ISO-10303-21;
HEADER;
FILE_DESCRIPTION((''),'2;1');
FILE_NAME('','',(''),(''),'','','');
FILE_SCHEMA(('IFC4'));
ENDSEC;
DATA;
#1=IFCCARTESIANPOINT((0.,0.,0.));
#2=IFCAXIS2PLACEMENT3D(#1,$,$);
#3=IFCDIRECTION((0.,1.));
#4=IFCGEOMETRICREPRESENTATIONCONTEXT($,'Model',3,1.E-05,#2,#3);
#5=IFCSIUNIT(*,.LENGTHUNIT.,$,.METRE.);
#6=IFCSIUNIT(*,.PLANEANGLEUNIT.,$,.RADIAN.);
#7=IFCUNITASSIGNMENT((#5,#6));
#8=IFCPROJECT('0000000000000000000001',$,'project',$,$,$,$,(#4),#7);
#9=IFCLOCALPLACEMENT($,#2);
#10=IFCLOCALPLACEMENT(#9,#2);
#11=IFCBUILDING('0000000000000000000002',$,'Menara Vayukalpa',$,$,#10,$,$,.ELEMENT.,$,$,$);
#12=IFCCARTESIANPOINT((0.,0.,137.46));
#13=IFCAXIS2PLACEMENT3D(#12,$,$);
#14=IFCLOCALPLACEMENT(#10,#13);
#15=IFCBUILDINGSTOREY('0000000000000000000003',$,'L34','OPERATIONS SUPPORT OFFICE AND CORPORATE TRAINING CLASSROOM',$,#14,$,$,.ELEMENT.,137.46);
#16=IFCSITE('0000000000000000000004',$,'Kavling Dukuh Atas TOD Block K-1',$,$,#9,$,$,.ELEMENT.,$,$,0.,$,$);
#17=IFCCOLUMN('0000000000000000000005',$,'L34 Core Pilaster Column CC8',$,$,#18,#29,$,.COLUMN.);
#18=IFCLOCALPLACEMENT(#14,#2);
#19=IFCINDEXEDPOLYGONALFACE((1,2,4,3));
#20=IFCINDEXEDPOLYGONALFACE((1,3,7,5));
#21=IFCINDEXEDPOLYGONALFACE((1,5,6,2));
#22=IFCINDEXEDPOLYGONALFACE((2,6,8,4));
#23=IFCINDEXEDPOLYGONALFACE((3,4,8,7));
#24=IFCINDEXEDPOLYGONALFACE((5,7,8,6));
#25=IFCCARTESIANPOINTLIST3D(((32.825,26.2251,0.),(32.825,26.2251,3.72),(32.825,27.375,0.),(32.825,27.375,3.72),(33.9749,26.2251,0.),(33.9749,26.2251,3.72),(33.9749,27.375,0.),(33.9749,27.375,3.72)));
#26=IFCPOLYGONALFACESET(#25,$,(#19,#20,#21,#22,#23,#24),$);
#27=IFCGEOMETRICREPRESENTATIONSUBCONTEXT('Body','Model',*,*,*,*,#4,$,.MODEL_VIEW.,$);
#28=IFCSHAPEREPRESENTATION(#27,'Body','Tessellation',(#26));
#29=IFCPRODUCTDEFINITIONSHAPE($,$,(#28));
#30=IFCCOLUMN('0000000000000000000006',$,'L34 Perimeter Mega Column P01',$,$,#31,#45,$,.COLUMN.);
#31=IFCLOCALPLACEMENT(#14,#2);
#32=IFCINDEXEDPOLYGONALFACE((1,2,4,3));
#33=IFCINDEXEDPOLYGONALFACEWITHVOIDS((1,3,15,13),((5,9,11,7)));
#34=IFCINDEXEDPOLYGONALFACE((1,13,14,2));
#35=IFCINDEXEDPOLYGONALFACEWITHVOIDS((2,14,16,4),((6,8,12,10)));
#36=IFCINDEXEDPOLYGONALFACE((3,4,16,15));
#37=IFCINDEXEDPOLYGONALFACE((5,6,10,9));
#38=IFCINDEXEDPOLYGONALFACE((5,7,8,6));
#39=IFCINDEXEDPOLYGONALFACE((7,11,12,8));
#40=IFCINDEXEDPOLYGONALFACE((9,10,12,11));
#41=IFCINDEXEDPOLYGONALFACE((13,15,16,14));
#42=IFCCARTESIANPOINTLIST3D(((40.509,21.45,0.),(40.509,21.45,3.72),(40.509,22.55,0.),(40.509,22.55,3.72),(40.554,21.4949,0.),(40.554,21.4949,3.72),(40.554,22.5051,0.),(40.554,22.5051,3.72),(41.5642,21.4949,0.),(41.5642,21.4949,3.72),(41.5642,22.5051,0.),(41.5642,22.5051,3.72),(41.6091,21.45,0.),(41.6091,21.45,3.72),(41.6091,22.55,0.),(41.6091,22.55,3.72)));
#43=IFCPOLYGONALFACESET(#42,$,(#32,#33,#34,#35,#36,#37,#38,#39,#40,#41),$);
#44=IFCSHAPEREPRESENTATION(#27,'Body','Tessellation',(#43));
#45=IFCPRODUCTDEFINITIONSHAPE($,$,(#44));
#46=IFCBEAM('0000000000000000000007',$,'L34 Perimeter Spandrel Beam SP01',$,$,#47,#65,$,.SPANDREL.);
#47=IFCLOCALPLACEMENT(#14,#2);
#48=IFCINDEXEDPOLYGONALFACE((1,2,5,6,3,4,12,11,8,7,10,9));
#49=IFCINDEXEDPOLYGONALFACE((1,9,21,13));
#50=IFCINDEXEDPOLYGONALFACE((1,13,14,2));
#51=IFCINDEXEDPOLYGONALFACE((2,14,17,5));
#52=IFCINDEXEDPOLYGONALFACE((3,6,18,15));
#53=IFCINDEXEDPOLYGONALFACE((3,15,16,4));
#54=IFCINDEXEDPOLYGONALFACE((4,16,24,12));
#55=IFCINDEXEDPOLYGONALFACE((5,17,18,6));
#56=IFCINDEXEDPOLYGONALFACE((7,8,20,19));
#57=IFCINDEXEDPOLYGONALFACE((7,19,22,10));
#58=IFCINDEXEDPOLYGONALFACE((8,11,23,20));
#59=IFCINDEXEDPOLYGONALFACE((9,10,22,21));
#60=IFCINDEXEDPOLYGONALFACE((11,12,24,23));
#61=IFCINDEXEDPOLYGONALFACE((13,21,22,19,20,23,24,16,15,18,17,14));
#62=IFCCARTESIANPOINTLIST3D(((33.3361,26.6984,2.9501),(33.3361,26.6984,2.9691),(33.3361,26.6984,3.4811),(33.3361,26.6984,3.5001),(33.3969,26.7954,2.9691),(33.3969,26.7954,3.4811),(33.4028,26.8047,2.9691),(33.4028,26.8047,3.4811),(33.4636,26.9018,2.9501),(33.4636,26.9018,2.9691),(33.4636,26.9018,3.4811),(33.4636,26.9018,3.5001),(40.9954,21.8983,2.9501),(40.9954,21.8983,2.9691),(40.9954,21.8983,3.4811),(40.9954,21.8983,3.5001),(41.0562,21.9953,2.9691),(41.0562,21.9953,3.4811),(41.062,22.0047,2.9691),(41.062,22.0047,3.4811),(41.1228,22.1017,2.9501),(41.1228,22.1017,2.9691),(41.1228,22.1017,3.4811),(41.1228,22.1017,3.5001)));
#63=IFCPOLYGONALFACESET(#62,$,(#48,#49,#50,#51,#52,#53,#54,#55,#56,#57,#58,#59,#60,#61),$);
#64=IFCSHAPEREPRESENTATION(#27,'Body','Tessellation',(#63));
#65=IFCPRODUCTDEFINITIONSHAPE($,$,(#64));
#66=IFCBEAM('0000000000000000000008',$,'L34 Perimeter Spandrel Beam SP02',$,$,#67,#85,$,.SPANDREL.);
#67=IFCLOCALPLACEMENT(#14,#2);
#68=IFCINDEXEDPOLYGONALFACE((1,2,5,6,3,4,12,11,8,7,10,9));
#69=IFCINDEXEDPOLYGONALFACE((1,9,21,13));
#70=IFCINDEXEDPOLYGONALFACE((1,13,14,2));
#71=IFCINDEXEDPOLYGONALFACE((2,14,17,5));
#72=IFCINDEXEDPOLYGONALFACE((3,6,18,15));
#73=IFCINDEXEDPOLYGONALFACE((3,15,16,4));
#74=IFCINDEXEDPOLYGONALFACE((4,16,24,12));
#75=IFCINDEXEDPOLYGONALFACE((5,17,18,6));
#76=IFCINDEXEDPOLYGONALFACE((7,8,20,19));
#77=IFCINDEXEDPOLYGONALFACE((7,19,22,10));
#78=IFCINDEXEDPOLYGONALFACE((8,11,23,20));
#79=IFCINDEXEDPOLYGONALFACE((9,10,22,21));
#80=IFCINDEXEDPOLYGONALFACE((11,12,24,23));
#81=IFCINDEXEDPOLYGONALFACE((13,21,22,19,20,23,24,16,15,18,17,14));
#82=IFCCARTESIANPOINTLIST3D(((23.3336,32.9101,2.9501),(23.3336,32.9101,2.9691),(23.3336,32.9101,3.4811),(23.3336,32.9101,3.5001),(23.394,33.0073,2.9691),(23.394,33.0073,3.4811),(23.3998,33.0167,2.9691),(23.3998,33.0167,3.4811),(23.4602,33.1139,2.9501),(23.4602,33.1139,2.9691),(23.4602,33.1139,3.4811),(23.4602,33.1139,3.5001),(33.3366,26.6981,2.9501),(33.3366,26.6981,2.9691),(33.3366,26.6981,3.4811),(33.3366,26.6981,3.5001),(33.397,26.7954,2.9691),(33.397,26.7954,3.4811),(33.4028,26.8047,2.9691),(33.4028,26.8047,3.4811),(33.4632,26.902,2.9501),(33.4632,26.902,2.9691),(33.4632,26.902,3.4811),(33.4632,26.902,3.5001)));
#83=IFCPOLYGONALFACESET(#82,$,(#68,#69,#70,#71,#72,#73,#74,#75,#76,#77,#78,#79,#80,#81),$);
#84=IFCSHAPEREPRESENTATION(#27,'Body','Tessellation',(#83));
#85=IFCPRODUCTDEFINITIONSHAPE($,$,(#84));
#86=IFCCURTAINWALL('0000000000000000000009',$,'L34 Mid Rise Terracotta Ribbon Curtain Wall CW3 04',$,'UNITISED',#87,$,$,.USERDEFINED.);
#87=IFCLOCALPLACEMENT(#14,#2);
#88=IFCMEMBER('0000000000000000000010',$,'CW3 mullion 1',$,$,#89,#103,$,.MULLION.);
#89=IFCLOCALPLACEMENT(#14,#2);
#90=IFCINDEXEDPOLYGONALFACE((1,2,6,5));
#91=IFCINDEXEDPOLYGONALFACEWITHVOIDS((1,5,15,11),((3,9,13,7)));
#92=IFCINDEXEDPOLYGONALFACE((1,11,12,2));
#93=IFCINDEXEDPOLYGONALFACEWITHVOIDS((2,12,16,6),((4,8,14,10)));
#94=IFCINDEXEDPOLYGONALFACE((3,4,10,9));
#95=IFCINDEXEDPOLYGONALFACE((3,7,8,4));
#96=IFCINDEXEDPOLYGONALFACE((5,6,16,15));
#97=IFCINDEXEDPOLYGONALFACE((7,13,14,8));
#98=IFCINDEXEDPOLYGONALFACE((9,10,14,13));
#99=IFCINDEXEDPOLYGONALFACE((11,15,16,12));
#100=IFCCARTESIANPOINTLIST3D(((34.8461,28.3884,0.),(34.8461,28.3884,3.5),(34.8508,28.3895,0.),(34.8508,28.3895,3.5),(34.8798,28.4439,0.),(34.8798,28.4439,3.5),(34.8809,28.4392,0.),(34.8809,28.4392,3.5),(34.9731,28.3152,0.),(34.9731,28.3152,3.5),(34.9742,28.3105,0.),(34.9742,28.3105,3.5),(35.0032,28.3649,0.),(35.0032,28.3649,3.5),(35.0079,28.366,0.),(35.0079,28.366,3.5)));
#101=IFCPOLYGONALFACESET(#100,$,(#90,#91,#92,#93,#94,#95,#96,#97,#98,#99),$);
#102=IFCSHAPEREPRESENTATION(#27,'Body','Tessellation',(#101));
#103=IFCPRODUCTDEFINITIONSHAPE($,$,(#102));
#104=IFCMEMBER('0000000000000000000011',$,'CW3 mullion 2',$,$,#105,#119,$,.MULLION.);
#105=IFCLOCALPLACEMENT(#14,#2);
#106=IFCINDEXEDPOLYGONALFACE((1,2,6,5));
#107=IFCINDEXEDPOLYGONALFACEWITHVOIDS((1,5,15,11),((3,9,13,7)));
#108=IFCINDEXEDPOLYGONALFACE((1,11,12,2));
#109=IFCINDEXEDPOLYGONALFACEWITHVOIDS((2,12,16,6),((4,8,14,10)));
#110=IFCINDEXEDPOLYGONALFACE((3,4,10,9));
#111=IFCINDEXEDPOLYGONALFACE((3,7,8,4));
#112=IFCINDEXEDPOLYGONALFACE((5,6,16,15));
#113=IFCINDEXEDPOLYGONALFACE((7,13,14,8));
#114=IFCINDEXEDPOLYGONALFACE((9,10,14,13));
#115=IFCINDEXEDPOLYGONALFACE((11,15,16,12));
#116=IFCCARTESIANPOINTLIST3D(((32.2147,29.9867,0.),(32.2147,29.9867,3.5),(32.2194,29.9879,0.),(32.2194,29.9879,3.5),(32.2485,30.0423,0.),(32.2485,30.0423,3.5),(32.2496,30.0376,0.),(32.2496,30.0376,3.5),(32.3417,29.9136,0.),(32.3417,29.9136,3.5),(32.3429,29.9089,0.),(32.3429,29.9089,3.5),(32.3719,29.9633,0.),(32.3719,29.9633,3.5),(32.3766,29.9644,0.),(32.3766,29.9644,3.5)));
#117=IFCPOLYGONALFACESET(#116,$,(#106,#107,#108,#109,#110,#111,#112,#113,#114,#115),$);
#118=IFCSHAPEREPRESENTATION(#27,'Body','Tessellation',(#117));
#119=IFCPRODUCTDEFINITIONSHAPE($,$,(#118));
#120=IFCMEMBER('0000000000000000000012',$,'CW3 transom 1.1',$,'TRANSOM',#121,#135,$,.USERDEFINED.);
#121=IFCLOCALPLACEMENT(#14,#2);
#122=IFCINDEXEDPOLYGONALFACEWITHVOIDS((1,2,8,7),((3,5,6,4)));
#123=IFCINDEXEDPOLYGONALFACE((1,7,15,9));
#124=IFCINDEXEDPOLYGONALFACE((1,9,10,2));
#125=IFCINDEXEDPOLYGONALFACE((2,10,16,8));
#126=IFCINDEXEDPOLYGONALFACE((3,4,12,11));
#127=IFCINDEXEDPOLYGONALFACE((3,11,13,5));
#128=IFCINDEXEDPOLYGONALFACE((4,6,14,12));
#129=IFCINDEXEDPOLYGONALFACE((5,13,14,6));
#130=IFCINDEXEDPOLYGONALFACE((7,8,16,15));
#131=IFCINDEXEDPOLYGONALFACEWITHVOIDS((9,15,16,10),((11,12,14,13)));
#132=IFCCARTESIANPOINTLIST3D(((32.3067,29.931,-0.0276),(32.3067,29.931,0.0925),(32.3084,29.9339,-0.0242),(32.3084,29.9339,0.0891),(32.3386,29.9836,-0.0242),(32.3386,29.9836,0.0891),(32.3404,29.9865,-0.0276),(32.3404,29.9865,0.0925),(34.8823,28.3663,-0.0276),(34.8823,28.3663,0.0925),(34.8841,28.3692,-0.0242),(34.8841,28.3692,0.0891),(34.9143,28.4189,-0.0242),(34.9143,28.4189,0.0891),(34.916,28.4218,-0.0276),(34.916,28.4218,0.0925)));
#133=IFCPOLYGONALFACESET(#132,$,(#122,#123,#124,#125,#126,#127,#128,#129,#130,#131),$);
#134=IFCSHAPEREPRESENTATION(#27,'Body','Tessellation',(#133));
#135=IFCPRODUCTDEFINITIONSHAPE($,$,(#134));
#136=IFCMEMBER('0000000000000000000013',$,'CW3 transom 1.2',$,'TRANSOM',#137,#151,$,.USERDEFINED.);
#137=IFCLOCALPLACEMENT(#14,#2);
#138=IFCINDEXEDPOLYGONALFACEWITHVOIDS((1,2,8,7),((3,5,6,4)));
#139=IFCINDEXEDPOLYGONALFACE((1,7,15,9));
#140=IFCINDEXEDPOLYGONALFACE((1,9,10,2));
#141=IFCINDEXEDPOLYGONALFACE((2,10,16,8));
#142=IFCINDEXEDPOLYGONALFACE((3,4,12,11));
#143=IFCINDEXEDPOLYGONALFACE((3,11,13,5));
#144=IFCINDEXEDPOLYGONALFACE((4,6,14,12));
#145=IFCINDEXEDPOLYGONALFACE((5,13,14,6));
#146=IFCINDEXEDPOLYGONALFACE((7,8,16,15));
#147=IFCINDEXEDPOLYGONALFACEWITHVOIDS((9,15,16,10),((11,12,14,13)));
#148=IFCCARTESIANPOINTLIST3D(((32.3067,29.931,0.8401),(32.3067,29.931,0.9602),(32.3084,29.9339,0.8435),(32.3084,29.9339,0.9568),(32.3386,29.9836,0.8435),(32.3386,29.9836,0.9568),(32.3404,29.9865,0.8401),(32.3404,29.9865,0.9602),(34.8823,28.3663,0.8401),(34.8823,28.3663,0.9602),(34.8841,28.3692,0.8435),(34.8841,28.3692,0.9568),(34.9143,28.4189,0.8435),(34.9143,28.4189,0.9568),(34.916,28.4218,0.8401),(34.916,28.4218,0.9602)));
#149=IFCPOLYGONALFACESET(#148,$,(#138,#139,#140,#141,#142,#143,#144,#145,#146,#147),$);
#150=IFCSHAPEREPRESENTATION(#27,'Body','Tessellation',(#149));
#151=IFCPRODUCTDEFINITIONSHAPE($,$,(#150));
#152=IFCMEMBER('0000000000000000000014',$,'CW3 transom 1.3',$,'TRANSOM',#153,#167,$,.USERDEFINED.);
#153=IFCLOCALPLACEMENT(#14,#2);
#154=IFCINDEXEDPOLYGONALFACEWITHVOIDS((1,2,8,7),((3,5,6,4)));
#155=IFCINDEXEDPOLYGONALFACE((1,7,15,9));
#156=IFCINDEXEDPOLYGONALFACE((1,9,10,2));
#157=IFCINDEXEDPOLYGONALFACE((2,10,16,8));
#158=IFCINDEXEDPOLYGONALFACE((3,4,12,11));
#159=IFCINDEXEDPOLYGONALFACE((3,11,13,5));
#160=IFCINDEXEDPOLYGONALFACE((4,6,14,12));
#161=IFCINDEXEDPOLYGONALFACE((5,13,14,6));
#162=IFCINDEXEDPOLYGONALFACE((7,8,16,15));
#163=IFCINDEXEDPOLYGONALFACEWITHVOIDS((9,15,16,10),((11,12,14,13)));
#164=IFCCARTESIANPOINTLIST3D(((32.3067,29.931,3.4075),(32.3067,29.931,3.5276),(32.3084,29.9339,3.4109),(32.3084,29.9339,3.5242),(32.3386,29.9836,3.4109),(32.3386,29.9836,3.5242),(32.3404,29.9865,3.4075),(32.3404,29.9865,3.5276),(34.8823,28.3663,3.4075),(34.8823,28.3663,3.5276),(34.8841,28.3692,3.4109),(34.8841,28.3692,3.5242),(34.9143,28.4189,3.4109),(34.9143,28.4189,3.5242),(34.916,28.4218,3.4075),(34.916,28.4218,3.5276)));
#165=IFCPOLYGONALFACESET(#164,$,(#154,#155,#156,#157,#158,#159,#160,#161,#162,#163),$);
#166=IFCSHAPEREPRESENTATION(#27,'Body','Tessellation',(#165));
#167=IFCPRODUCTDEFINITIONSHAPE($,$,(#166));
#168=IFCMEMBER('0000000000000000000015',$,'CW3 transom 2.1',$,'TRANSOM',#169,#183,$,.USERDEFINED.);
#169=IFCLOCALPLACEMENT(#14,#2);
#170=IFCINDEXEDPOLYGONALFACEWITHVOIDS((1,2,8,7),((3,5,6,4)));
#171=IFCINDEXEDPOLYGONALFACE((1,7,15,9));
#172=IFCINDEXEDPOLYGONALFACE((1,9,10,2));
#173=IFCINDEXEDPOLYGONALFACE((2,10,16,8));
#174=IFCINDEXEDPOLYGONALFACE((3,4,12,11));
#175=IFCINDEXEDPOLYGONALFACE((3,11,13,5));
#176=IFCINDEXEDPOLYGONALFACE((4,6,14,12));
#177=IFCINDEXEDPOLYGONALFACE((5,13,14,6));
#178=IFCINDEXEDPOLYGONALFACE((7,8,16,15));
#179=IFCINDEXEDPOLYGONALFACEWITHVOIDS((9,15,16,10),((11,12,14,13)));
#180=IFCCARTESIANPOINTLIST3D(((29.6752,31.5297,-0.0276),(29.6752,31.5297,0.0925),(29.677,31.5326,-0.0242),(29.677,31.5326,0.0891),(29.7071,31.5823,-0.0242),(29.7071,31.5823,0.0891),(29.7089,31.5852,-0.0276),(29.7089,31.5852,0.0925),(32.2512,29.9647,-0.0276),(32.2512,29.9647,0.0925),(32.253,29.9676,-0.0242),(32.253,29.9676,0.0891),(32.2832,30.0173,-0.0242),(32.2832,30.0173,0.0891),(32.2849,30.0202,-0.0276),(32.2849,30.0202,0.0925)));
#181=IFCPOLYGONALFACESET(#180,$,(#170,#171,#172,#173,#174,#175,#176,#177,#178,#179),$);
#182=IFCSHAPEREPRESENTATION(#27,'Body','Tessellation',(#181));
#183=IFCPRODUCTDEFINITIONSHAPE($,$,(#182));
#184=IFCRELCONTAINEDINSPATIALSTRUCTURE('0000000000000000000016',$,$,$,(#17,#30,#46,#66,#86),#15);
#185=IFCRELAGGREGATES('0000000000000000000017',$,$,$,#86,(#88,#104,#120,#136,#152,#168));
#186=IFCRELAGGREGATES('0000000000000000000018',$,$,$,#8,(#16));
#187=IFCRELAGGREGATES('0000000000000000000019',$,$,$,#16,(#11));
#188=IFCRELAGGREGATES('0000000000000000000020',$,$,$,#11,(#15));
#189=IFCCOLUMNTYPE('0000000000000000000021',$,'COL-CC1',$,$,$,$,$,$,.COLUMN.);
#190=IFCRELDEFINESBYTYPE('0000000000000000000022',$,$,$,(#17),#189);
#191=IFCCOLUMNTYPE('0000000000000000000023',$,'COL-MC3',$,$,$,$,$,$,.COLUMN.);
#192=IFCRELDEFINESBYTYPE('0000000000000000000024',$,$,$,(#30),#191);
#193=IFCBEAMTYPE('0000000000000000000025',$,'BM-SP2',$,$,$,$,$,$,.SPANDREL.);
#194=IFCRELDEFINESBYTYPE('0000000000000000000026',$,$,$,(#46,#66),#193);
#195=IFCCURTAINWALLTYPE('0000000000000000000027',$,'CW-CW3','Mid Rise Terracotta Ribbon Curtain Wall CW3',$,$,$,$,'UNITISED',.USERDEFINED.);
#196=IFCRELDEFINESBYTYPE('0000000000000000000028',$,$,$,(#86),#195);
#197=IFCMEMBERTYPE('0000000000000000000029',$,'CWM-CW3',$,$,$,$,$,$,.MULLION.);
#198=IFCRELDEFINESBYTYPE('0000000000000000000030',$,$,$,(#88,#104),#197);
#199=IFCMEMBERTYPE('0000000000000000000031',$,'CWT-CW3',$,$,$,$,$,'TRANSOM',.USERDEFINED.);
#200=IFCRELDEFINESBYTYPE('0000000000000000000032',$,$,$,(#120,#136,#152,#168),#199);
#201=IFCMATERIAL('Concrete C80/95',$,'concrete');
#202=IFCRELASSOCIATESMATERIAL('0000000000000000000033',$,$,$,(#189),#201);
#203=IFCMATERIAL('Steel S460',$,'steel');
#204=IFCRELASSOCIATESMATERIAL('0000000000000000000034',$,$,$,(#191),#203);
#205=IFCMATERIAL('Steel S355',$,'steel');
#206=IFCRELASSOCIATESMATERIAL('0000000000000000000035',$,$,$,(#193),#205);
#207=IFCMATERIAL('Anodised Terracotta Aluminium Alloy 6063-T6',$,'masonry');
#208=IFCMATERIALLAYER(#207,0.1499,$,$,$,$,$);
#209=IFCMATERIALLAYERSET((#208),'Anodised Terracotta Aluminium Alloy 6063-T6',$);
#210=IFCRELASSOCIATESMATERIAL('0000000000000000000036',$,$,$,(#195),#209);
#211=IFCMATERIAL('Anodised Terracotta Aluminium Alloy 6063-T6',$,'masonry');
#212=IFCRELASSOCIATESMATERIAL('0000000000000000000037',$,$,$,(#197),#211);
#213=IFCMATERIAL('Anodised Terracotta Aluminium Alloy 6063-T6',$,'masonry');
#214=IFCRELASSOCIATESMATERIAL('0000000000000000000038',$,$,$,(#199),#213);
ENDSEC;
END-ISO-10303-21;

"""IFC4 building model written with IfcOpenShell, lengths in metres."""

from ifc_helpers import new_model, si_unit, direction, frame, origin, origin_2d, place, context, subcontext, project, spatial, rectangle, hollow_rectangle, i_section, extrude, material, layer, layer_set, material_profile, profile_set, type_object, element, aggregate, save


model = new_model("IFC4")

# Units and contexts
model_context = context("Model", 3, precision=1e-05, world=origin(), true_north=direction((0.0, 1.0)))
body_context = subcontext(model_context, "Body", "Model", "MODEL_VIEW")
ifc_project = project(units=[si_unit("LENGTHUNIT", "METRE"), si_unit("PLANEANGLEUNIT", "RADIAN")], contexts=[model_context])

# Site, building, storey
site_placement = place(None, origin())
site = spatial("IfcSite", under=ifc_project, at=site_placement, Name="Kavling Dukuh Atas TOD Block K-1", CompositionType="ELEMENT", RefElevation=0.0)
building_placement = place(site_placement, origin())
building = spatial("IfcBuilding", under=site, at=building_placement, Name="Menara Vayukalpa", CompositionType="ELEMENT")
storey_placement = place(building_placement, frame((0.0, 0.0, 137.46)))
storey = spatial("IfcBuildingStorey", under=building, at=storey_placement, Name="L34", Description="OPERATIONS SUPPORT OFFICE AND CORPORATE TRAINING CLASSROOM", CompositionType="ELEMENT", Elevation=137.46)

# Columns
ifc_material_1 = material(Name="Concrete C80/95", Category="concrete")
ifc_material_profile_1 = material_profile(ifc_material_1, rectangle(XDim=1.1499, YDim=1.1499, at=origin_2d()), Name="RC 1150x1150")
ifc_profile_set_1 = profile_set([ifc_material_profile_1], Name="Concrete C80/95")
column_type_1 = type_object("IfcColumnType", Name="COL-CC1", PredefinedType="COLUMN", material=ifc_profile_set_1)
column_1_placement = place(storey_placement, frame((33.3999, 26.8, 0.0), z_axis=(0.0, 0.0, 1.0), x_axis=(1.0, 0.0, 0.0)))
element("IfcColumn", 1, at=column_1_placement, inside=storey, type_object=column_type_1, Name="L34 Core Pilaster Column CC8", PredefinedType="COLUMN", context=body_context, shape_type="SweptSolid", body=[
    extrude(rectangle(XDim=1.1499, YDim=1.1499, at=origin_2d()), origin(), (0.0, 0.0, 1.0), 3.72),
])
ifc_material_2 = material(Name="Steel S460", Category="steel")
ifc_material_profile_2 = material_profile(ifc_material_2, hollow_rectangle(XDim=1.1001, YDim=1.1001, WallThickness=0.0449, at=origin_2d()), Name="BOX 1100x1100x45")
ifc_profile_set_2 = profile_set([ifc_material_profile_2], Name="Steel S460")
column_type_2 = type_object("IfcColumnType", Name="COL-MC3", PredefinedType="COLUMN", material=ifc_profile_set_2)
column_2_placement = place(storey_placement, frame((41.0591, 22.0, 0.0), z_axis=(0.0, 0.0, 1.0), x_axis=(1.0, 0.0, 0.0)))
element("IfcColumn", 2, at=column_2_placement, inside=storey, type_object=column_type_2, Name="L34 Perimeter Mega Column P01", PredefinedType="COLUMN", context=body_context, shape_type="SweptSolid", body=[
    extrude(hollow_rectangle(XDim=1.1001, YDim=1.1001, WallThickness=0.0449, at=origin_2d()), origin(), (0.0, 0.0, 1.0), 3.72),
])

# Beams
ifc_material_3 = material(Name="Steel S355", Category="steel")
ifc_material_profile_3 = material_profile(ifc_material_3, i_section(OverallWidth=0.24, OverallDepth=0.55, WebThickness=0.011, FlangeThickness=0.019, at=origin_2d()), Name="WF 550x240x11x19")
ifc_profile_set_3 = profile_set([ifc_material_profile_3], Name="Steel S355")
beam_type = type_object("IfcBeamType", Name="BM-SP2", PredefinedType="SPANDREL", material=ifc_profile_set_3)
beam_1_placement = place(storey_placement, frame((41.0591, 22.0, 3.2251), z_axis=(-0.847348, 0.531038, 0.0), x_axis=(-0.531038, -0.847348, 0.0)))
element("IfcBeam", 3, at=beam_1_placement, inside=storey, type_object=beam_type, Name="L34 Perimeter Spandrel Beam SP01", PredefinedType="SPANDREL", context=body_context, shape_type="SweptSolid", body=[
    extrude(i_section(OverallWidth=0.24, OverallDepth=0.55, WebThickness=0.011, FlangeThickness=0.019, at=origin_2d()), origin(), (0.0, 0.0, 1.0), 9.0391),
])
beam_2_placement = place(storey_placement, frame((33.3999, 26.8, 3.2251), z_axis=(-0.849518, 0.527559, 0.0), x_axis=(-0.527559, -0.849518, 0.0)))
element("IfcBeam", 4, at=beam_2_placement, inside=storey, type_object=beam_type, Name="L34 Perimeter Spandrel Beam SP02", PredefinedType="SPANDREL", context=body_context, shape_type="SweptSolid", body=[
    extrude(i_section(OverallWidth=0.24, OverallDepth=0.55, WebThickness=0.011, FlangeThickness=0.019, at=origin_2d()), origin(), (0.0, 0.0, 1.0), 11.7749),
])

# Curtain wall, members
ifc_material_4 = material(Name="Anodised Terracotta Aluminium Alloy 6063-T6", Category="masonry")
ifc_layer_1 = layer(ifc_material_4, 0.1499)
ifc_layer_set_1 = layer_set([ifc_layer_1], Name="Anodised Terracotta Aluminium Alloy 6063-T6")
curtain_wall_type = type_object("IfcCurtainWallType", Name="CW-CW3", Description="Mid Rise Terracotta Ribbon Curtain Wall CW3", ElementType="UNITISED", PredefinedType="USERDEFINED", material=ifc_layer_set_1)
curtain_wall_placement = place(storey_placement, origin())
curtain_wall = element("IfcCurtainWall", 5, at=curtain_wall_placement, inside=storey, type_object=curtain_wall_type, Name="L34 Mid Rise Terracotta Ribbon Curtain Wall CW3 04", ObjectType="UNITISED", PredefinedType="USERDEFINED")
ifc_material_5 = material(Name="Anodised Terracotta Aluminium Alloy 6063-T6", Category="masonry")
ifc_material_profile_4 = material_profile(ifc_material_5, hollow_rectangle(XDim=0.0649, YDim=0.1499, WallThickness=0.0034, at=origin_2d()), Name="ALU 65x150x3.5")
ifc_profile_set_4 = profile_set([ifc_material_profile_4], Name="Anodised Terracotta Aluminium Alloy 6063-T6")
member_type_1 = type_object("IfcMemberType", Name="CWM-CW3", PredefinedType="MULLION", material=ifc_profile_set_4)
member_1_placement = place(storey_placement, frame((34.927, 28.3772, 0.0), z_axis=(0.0, 0.0, 1.0), x_axis=(-0.519196, -0.854655, 0.0)))
member_1 = element("IfcMember", 6, at=member_1_placement, type_object=member_type_1, Name="CW3 mullion 1", PredefinedType="MULLION", context=body_context, shape_type="SweptSolid", body=[
    extrude(hollow_rectangle(XDim=0.0649, YDim=0.1499, WallThickness=0.0034, at=origin_2d()), origin(), (0.0, 0.0, 1.0), 3.5),
])
member_2_placement = place(storey_placement, frame((32.2957, 29.9756, 0.0), z_axis=(0.0, 0.0, 1.0), x_axis=(-0.519196, -0.854655, 0.0)))
member_2 = element("IfcMember", 7, at=member_2_placement, type_object=member_type_1, Name="CW3 mullion 2", PredefinedType="MULLION", context=body_context, shape_type="SweptSolid", body=[
    extrude(hollow_rectangle(XDim=0.0649, YDim=0.1499, WallThickness=0.0034, at=origin_2d()), origin(), (0.0, 0.0, 1.0), 3.5),
])
ifc_material_6 = material(Name="Anodised Terracotta Aluminium Alloy 6063-T6", Category="masonry")
ifc_material_profile_5 = material_profile(ifc_material_6, hollow_rectangle(XDim=0.0649, YDim=0.1201, WallThickness=0.0034, at=origin_2d()), Name="ALU 65x120x3.5")
ifc_profile_set_5 = profile_set([ifc_material_profile_5], Name="Anodised Terracotta Aluminium Alloy 6063-T6")
member_type_2 = type_object("IfcMemberType", Name="CWT-CW3", ElementType="TRANSOM", PredefinedType="USERDEFINED", material=ifc_profile_set_5)
member_3_placement = place(storey_placement, frame((34.8992, 28.394, 0.0325), z_axis=(-0.854657, 0.519194, 0.0), x_axis=(-0.519194, -0.854657, 0.0)))
member_3 = element("IfcMember", 8, at=member_3_placement, type_object=member_type_2, Name="CW3 transom 1.1", ObjectType="TRANSOM", PredefinedType="USERDEFINED", context=body_context, shape_type="SweptSolid", body=[
    extrude(hollow_rectangle(XDim=0.0649, YDim=0.1201, WallThickness=0.0034, at=origin_2d()), origin(), (0.0, 0.0, 1.0), 3.0137),
])
member_4_placement = place(storey_placement, frame((34.8992, 28.394, 0.9001), z_axis=(-0.854657, 0.519194, 0.0), x_axis=(-0.519194, -0.854657, 0.0)))
member_4 = element("IfcMember", 9, at=member_4_placement, type_object=member_type_2, Name="CW3 transom 1.2", ObjectType="TRANSOM", PredefinedType="USERDEFINED", context=body_context, shape_type="SweptSolid", body=[
    extrude(hollow_rectangle(XDim=0.0649, YDim=0.1201, WallThickness=0.0034, at=origin_2d()), origin(), (0.0, 0.0, 1.0), 3.0137),
])
member_5_placement = place(storey_placement, frame((34.8992, 28.394, 3.4675), z_axis=(-0.854657, 0.519194, 0.0), x_axis=(-0.519194, -0.854657, 0.0)))
member_5 = element("IfcMember", 10, at=member_5_placement, type_object=member_type_2, Name="CW3 transom 1.3", ObjectType="TRANSOM", PredefinedType="USERDEFINED", context=body_context, shape_type="SweptSolid", body=[
    extrude(hollow_rectangle(XDim=0.0649, YDim=0.1201, WallThickness=0.0034, at=origin_2d()), origin(), (0.0, 0.0, 1.0), 3.0137),
])
member_6_placement = place(storey_placement, frame((32.2681, 29.9924, 0.0325), z_axis=(-0.854642, 0.519217, 0.0), x_axis=(-0.519217, -0.854642, 0.0)))
member_6 = element("IfcMember", 11, at=member_6_placement, type_object=member_type_2, Name="CW3 transom 2.1", ObjectType="TRANSOM", PredefinedType="USERDEFINED", context=body_context, shape_type="SweptSolid", body=[
    extrude(hollow_rectangle(XDim=0.0649, YDim=0.1201, WallThickness=0.0034, at=origin_2d()), origin(), (0.0, 0.0, 1.0), 3.0142),
])
aggregate(curtain_wall, [member_1, member_2, member_3, member_4, member_5, member_6])

save(model, "model.ifc")
